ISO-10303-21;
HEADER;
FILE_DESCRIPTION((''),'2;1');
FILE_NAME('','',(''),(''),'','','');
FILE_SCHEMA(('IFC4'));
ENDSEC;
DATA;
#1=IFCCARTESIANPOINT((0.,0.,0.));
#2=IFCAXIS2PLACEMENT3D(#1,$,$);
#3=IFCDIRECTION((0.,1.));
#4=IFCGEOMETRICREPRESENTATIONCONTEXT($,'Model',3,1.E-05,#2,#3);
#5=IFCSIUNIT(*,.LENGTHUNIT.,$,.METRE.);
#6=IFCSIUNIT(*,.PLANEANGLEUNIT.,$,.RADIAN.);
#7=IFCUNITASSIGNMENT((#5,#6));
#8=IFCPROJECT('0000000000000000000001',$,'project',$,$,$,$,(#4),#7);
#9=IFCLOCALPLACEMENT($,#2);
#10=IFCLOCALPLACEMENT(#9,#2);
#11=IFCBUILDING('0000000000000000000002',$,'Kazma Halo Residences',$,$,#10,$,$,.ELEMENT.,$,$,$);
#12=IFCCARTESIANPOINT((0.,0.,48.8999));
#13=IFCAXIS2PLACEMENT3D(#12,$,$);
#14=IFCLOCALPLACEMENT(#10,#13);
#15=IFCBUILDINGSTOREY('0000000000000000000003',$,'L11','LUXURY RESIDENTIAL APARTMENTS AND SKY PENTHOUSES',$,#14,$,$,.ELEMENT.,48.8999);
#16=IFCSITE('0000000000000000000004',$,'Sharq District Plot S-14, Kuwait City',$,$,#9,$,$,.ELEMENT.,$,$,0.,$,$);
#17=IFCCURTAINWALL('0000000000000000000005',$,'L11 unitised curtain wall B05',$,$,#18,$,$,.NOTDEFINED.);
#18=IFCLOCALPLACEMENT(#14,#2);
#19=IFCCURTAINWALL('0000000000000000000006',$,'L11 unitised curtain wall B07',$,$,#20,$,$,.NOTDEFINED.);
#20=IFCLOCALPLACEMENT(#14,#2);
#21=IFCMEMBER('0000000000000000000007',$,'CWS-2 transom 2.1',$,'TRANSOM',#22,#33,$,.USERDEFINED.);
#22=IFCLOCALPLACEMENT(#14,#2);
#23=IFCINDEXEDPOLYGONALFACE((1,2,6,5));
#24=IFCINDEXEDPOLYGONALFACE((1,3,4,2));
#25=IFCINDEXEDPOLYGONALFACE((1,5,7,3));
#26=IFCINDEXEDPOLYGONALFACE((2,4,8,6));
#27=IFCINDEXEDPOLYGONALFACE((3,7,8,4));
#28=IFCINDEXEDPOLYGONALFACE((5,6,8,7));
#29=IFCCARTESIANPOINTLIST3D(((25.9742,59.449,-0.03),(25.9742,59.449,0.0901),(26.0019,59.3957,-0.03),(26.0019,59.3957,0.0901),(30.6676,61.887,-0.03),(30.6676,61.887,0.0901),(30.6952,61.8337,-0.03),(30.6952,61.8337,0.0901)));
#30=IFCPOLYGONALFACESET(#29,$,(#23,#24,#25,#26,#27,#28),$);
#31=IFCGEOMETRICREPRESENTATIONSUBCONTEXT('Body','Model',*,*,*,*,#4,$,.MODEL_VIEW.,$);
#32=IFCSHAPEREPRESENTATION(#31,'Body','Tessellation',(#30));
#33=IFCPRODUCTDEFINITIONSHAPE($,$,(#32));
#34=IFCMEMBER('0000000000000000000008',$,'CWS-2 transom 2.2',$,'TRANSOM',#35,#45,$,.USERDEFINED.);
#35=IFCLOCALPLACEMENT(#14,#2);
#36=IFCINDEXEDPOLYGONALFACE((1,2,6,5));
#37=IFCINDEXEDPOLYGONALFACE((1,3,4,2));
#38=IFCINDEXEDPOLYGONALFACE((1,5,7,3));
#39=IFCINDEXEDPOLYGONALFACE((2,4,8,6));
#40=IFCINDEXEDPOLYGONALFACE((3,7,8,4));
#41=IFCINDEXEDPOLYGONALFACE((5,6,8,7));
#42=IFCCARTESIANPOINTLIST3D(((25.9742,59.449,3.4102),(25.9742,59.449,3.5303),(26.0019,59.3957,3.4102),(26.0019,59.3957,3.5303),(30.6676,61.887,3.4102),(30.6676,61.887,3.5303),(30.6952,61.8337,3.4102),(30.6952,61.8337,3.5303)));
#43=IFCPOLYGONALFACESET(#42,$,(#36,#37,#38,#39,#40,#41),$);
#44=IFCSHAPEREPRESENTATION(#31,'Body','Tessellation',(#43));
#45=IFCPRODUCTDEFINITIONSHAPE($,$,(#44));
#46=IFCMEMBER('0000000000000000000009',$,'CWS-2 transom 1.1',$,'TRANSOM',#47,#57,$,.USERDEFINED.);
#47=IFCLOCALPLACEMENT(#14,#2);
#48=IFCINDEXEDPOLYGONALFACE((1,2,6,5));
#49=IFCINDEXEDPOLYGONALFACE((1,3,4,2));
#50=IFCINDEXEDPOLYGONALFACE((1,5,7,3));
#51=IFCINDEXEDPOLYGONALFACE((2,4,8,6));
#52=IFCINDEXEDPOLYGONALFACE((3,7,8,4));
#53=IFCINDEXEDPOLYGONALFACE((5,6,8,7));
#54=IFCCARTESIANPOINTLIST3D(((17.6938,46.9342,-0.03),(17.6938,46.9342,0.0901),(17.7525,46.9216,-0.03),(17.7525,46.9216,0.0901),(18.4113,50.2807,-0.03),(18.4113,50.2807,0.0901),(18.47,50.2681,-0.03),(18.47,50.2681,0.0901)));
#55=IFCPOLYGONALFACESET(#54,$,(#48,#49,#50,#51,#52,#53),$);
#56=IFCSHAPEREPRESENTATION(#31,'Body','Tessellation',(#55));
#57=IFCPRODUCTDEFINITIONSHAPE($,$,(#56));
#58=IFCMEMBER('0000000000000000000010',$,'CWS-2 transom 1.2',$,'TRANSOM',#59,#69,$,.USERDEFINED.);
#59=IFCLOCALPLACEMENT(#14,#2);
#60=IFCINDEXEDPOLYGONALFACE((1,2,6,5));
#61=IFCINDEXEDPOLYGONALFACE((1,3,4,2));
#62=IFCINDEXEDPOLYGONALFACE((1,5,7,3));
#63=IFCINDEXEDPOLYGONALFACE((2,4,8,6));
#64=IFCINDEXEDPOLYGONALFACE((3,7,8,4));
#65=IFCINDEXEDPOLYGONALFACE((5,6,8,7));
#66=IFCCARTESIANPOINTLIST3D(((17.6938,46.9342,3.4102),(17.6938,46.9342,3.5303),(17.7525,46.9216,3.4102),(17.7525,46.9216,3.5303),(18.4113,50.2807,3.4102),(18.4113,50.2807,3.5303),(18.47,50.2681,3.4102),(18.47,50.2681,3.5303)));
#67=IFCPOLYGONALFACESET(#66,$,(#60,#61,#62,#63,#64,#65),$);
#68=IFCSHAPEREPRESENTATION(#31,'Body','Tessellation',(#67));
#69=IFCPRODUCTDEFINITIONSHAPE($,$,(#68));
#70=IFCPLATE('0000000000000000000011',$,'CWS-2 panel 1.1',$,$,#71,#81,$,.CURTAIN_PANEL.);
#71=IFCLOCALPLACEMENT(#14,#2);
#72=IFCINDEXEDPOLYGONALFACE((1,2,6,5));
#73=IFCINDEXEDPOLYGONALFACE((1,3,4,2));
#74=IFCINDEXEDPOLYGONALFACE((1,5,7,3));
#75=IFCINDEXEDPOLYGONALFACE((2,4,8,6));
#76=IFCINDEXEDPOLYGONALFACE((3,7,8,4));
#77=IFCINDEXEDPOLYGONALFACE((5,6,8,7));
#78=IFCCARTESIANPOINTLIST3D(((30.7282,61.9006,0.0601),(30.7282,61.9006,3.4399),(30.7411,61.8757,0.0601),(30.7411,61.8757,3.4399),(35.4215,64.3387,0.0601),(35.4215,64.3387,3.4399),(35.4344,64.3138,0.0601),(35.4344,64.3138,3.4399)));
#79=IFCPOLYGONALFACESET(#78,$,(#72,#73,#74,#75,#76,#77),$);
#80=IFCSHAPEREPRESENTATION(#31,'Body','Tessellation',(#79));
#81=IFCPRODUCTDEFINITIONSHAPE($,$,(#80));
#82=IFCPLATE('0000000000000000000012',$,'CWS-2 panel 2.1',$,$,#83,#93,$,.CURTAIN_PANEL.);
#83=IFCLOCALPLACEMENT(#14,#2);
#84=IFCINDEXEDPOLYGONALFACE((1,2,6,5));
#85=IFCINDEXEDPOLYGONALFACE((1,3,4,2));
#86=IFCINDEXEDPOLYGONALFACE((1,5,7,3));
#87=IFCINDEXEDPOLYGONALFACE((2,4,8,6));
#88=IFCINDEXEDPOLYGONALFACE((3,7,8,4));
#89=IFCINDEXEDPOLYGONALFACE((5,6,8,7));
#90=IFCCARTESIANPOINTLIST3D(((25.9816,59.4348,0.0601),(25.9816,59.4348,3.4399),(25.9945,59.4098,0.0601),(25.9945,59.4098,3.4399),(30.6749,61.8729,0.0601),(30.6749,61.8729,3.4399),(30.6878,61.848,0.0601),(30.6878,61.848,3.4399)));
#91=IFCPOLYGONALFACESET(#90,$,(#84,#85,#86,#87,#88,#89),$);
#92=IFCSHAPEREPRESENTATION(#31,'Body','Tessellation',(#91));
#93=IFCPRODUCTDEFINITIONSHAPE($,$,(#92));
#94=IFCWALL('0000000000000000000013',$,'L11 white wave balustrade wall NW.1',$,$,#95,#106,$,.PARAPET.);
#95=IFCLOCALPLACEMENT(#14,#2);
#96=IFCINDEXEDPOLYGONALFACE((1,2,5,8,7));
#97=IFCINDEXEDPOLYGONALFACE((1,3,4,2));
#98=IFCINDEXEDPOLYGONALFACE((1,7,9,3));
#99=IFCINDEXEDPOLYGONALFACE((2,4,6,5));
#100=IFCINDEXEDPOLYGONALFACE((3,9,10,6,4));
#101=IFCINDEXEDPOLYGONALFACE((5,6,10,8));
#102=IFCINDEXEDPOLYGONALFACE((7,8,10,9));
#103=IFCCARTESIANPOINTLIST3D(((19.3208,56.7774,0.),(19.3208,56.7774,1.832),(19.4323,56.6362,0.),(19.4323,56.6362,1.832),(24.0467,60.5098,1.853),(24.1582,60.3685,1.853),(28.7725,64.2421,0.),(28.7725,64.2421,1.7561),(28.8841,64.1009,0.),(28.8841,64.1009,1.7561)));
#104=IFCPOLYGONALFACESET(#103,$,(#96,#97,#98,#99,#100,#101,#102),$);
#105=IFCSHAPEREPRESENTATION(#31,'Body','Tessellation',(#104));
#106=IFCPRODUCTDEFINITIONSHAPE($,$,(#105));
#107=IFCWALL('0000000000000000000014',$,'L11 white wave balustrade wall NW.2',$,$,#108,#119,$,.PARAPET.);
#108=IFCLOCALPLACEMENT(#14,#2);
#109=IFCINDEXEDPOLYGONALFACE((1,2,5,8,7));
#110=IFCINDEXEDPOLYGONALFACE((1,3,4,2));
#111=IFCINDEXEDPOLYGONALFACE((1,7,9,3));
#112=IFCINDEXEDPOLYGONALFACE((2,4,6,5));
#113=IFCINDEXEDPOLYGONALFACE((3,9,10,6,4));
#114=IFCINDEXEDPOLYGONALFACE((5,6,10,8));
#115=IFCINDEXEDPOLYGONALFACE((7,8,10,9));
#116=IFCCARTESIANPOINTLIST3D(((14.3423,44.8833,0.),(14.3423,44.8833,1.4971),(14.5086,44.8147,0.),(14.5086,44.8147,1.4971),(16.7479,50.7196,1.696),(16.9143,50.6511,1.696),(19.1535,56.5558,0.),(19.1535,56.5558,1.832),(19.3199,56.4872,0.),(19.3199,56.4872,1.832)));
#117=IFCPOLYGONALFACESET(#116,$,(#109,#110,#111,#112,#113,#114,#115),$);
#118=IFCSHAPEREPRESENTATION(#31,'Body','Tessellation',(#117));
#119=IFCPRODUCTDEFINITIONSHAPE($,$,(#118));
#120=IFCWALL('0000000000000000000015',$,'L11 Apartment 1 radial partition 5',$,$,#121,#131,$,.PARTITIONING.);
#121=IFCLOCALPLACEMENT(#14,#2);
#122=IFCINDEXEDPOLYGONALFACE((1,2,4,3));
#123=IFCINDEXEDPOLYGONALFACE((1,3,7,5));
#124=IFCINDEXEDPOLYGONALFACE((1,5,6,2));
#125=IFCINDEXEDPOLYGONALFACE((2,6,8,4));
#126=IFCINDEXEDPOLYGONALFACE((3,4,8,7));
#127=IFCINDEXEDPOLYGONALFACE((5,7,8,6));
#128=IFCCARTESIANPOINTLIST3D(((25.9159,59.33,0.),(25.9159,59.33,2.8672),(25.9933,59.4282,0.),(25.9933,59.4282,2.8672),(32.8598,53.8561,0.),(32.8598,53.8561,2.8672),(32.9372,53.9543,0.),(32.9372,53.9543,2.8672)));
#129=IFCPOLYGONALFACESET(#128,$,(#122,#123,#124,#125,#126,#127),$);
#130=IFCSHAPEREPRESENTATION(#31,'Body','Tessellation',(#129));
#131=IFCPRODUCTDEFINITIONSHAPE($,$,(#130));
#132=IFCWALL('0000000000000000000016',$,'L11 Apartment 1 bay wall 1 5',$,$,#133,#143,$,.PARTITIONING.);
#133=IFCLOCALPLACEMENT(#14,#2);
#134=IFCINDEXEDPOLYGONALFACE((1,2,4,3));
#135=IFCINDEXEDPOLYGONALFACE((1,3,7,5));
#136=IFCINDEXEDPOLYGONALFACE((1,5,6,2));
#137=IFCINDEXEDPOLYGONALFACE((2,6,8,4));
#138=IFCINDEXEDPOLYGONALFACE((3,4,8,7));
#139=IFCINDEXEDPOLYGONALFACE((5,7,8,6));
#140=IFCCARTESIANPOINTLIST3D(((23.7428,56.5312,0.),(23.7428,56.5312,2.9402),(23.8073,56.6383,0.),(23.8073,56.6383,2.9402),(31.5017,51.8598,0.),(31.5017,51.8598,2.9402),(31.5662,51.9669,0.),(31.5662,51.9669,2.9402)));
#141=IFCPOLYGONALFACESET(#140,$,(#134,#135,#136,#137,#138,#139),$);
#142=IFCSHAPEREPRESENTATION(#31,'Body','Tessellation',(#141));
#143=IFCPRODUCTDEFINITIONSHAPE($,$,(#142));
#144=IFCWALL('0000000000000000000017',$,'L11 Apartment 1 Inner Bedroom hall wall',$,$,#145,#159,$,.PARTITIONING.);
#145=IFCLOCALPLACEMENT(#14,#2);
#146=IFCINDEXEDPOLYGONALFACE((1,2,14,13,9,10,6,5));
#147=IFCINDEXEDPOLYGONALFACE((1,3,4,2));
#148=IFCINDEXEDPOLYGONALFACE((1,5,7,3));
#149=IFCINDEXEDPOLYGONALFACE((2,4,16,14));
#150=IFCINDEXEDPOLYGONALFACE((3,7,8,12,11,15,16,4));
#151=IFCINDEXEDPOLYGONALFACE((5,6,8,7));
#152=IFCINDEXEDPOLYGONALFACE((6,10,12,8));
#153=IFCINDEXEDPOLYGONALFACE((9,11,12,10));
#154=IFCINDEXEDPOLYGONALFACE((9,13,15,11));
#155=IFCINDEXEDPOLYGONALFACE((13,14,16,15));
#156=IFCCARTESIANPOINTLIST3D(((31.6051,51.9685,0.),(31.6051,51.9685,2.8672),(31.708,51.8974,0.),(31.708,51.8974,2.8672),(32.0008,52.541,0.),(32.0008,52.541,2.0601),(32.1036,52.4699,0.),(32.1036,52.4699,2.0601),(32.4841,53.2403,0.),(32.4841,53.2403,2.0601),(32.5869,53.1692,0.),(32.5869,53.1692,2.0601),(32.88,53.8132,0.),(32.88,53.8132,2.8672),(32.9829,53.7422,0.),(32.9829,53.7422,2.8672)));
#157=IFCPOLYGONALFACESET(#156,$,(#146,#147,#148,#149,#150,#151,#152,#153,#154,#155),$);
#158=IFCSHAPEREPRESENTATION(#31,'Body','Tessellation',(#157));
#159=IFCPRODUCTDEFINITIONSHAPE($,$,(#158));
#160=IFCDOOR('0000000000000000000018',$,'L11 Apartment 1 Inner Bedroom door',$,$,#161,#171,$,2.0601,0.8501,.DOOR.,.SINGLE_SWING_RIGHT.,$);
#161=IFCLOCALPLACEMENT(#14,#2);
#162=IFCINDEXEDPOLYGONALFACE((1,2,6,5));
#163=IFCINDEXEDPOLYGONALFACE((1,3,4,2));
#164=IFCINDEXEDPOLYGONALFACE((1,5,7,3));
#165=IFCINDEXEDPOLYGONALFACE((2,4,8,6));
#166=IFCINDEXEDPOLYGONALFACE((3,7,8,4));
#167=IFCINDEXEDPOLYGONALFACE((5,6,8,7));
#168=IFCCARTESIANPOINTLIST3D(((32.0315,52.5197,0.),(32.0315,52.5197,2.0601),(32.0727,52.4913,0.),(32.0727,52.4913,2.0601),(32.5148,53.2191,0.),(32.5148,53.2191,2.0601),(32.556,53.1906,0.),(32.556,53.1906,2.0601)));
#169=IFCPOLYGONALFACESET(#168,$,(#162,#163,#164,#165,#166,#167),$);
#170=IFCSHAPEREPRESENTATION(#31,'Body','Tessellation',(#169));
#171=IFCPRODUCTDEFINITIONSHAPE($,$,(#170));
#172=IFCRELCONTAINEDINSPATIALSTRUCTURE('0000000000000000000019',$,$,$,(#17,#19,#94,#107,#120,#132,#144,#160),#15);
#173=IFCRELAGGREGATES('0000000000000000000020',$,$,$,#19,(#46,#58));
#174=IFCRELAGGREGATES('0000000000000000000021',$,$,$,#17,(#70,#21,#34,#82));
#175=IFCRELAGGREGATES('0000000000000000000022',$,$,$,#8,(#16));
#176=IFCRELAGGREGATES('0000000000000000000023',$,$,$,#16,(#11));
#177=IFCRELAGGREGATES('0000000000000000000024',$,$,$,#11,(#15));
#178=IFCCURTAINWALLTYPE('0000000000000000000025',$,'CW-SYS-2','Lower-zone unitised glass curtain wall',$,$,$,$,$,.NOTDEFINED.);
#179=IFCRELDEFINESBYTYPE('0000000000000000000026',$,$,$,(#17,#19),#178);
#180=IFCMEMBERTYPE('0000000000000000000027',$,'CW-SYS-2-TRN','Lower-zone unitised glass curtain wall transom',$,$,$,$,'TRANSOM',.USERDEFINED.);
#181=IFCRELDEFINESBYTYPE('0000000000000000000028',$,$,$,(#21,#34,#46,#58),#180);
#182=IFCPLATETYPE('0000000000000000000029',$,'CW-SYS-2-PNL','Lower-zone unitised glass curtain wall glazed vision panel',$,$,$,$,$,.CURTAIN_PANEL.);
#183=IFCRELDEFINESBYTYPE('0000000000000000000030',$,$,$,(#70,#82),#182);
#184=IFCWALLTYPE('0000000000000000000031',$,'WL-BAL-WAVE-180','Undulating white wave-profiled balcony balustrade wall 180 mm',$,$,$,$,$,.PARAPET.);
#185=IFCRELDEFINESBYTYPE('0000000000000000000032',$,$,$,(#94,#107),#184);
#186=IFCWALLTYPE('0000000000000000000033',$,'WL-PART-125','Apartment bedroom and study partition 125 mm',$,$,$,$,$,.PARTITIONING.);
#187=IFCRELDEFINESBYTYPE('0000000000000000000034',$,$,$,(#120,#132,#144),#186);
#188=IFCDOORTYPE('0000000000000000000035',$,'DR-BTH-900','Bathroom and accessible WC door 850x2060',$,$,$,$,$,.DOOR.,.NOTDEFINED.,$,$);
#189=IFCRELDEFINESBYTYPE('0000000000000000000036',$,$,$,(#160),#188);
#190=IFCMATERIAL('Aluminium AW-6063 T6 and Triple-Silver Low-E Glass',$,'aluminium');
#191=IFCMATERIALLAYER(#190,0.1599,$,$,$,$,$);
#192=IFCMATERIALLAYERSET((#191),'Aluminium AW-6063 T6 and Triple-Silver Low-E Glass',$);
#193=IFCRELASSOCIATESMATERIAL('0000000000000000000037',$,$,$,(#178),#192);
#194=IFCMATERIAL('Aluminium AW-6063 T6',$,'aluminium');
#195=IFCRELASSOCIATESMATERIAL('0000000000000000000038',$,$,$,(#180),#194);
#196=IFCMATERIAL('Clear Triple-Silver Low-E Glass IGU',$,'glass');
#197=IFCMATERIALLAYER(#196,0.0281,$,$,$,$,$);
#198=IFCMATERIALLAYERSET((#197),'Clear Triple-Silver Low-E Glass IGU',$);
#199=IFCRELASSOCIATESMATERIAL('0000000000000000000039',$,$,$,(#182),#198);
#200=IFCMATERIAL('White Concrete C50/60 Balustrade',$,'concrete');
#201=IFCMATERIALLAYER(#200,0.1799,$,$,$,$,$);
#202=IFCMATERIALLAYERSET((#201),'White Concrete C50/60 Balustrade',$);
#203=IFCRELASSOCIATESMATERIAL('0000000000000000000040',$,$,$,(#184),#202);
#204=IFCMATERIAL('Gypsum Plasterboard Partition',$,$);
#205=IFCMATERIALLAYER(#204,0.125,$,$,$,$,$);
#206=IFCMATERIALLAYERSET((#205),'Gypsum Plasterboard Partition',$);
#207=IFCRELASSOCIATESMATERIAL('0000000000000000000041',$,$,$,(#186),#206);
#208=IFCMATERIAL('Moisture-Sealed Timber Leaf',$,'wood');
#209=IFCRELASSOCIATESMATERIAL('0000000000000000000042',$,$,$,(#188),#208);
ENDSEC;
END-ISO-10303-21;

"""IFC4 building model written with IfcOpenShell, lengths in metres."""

from ifc_helpers import new_model, si_unit, direction, frame, frame_2d, origin, origin_2d, place, context, subcontext, project, spatial, polyline, rectangle, outline, extrude, material, layer, layer_set, material_profile, profile_set, type_object, element, fill, aggregate, save


model = new_model("IFC4")

# Units and contexts
model_context = context("Model", 3, precision=1e-05, world=origin(), true_north=direction((0.0, 1.0)))
body_context = subcontext(model_context, "Body", "Model", "MODEL_VIEW")
ifc_project = project(units=[si_unit("LENGTHUNIT", "METRE"), si_unit("PLANEANGLEUNIT", "RADIAN")], contexts=[model_context])

# Site, building, storey
site_placement = place(None, origin())
site = spatial("IfcSite", under=ifc_project, at=site_placement, Name="Sharq District Plot S-14, Kuwait City", CompositionType="ELEMENT", RefElevation=0.0)
building_placement = place(site_placement, origin())
building = spatial("IfcBuilding", under=site, at=building_placement, Name="Kazma Halo Residences", CompositionType="ELEMENT")
storey_placement = place(building_placement, frame((0.0, 0.0, 48.8999)))
storey = spatial("IfcBuildingStorey", under=building, at=storey_placement, Name="L11", Description="LUXURY RESIDENTIAL APARTMENTS AND SKY PENTHOUSES", CompositionType="ELEMENT", Elevation=48.8999)

# Curtain wall
ifc_material_1 = material(Name="Aluminium AW-6063 T6 and Triple-Silver Low-E Glass", Category="aluminium")
ifc_layer_1 = layer(ifc_material_1, 0.1599)
ifc_layer_set_1 = layer_set([ifc_layer_1], Name="Aluminium AW-6063 T6 and Triple-Silver Low-E Glass")
curtain_wall_type = type_object("IfcCurtainWallType", Name="CW-SYS-2", Description="Lower-zone unitised glass curtain wall", PredefinedType="NOTDEFINED", material=ifc_layer_set_1)
curtain_wall_1_placement = place(storey_placement, origin())
curtain_wall_1 = element("IfcCurtainWall", 1, at=curtain_wall_1_placement, inside=storey, type_object=curtain_wall_type, Name="L11 unitised curtain wall B05", PredefinedType="NOTDEFINED")
ifc_material_2 = material(Name="Aluminium AW-6063 T6", Category="aluminium")

# Curtain wall
curtain_wall_2_placement = place(storey_placement, origin())
curtain_wall_2 = element("IfcCurtainWall", 2, at=curtain_wall_2_placement, inside=storey, type_object=curtain_wall_type, Name="L11 unitised curtain wall B07", PredefinedType="NOTDEFINED")

# Members
ifc_material_profile_1 = material_profile(ifc_material_2, rectangle(XDim=0.0601, YDim=0.1201, at=origin_2d()), Name="CWT-60x120")
ifc_profile_set_1 = profile_set([ifc_material_profile_1], Name="Aluminium AW-6063 T6")
member_type_1 = type_object("IfcMemberType", Name="CW-SYS-2-TRN", Description="Lower-zone unitised glass curtain wall transom", ElementType="TRANSOM", PredefinedType="USERDEFINED", material=ifc_profile_set_1)
member_1_placement = place(storey_placement, frame((30.6814, 61.8604, 0.03), z_axis=(-0.887415, -0.460972, 0.0), x_axis=(0.460972, -0.887415, 0.0)))
member_1 = element("IfcMember", 3, at=member_1_placement, type_object=member_type_1, Name="CWS-2 transom 2.1", ObjectType="TRANSOM", PredefinedType="USERDEFINED", context=body_context, shape_type="SweptSolid", body=[
    extrude(rectangle(XDim=0.0601, YDim=0.1201, at=origin_2d()), origin(), (0.0, 0.0, 1.0), 5.2888),
])
member_2_placement = place(storey_placement, frame((30.6814, 61.8604, 3.4702), z_axis=(-0.887415, -0.460972, 0.0), x_axis=(0.460972, -0.887415, 0.0)))
member_2 = element("IfcMember", 4, at=member_2_placement, type_object=member_type_1, Name="CWS-2 transom 2.2", ObjectType="TRANSOM", PredefinedType="USERDEFINED", context=body_context, shape_type="SweptSolid", body=[
    extrude(rectangle(XDim=0.0601, YDim=0.1201, at=origin_2d()), origin(), (0.0, 0.0, 1.0), 5.2888),
])
member_3_placement = place(storey_placement, frame((18.4407, 50.2744, 0.03), z_axis=(-0.209651, -0.977776, 0.0), x_axis=(0.977776, -0.209651, 0.0)))
member_3 = element("IfcMember", 5, at=member_3_placement, type_object=member_type_1, Name="CWS-2 transom 1.1", ObjectType="TRANSOM", PredefinedType="USERDEFINED", context=body_context, shape_type="SweptSolid", body=[
    extrude(rectangle(XDim=0.0601, YDim=0.1201, at=origin_2d()), origin(), (0.0, 0.0, 1.0), 3.4226),
])
member_4_placement = place(storey_placement, frame((18.4407, 50.2744, 3.4702), z_axis=(-0.209651, -0.977776, 0.0), x_axis=(0.977776, -0.209651, 0.0)))
member_4 = element("IfcMember", 6, at=member_4_placement, type_object=member_type_1, Name="CWS-2 transom 1.2", ObjectType="TRANSOM", PredefinedType="USERDEFINED", context=body_context, shape_type="SweptSolid", body=[
    extrude(rectangle(XDim=0.0601, YDim=0.1201, at=origin_2d()), origin(), (0.0, 0.0, 1.0), 3.4226),
])
aggregate(curtain_wall_2, [member_3, member_4])

# Plates
ifc_material_3 = material(Name="Clear Triple-Silver Low-E Glass IGU", Category="glass")
ifc_layer_2 = layer(ifc_material_3, 0.0281)
ifc_layer_set_2 = layer_set([ifc_layer_2], Name="Clear Triple-Silver Low-E Glass IGU")
plate_type = type_object("IfcPlateType", Name="CW-SYS-2-PNL", Description="Lower-zone unitised glass curtain wall glazed vision panel", PredefinedType="CURTAIN_PANEL", material=ifc_layer_set_2)
plate_1_placement = place(storey_placement, frame((33.0813, 63.1072, 0.0601), z_axis=(0.0, 0.0, 1.0), x_axis=(-0.887402, -0.460996, 0.0)))
plate_1 = element("IfcPlate", 7, at=plate_1_placement, type_object=plate_type, Name="CWS-2 panel 1.1", PredefinedType="CURTAIN_PANEL", context=body_context, shape_type="SweptSolid", body=[
    extrude(rectangle(XDim=5.2888, YDim=0.0281, at=origin_2d()), origin(), (0.0, 0.0, 1.0), 3.3799),
])
plate_2_placement = place(storey_placement, frame((28.3347, 60.6414, 0.0601), z_axis=(0.0, 0.0, 1.0), x_axis=(-0.887402, -0.460996, 0.0)))
plate_2 = element("IfcPlate", 8, at=plate_2_placement, type_object=plate_type, Name="CWS-2 panel 2.1", PredefinedType="CURTAIN_PANEL", context=body_context, shape_type="SweptSolid", body=[
    extrude(rectangle(XDim=5.2888, YDim=0.0281, at=origin_2d()), origin(), (0.0, 0.0, 1.0), 3.3799),
])
aggregate(curtain_wall_1, [plate_1, member_1, member_2, plate_2])

# Walls
ifc_material_4 = material(Name="White Concrete C50/60 Balustrade", Category="concrete")
ifc_layer_3 = layer(ifc_material_4, 0.1799)
ifc_layer_set_3 = layer_set([ifc_layer_3], Name="White Concrete C50/60 Balustrade")
wall_type_1 = type_object("IfcWallType", Name="WL-BAL-WAVE-180", Description="Undulating white wave-profiled balcony balustrade wall 180 mm", PredefinedType="PARAPET", material=ifc_layer_set_3)
wall_1_placement = place(storey_placement, frame((28.8284, 64.1714, 0.0), z_axis=(0.0, 0.0, 1.0), x_axis=(-0.784771, -0.619786, 0.0)))
element("IfcWall", 9, at=wall_1_placement, inside=storey, type_object=wall_type_1, Name="L11 white wave balustrade wall NW.1", PredefinedType="PARAPET", context=body_context, shape_type="SweptSolid", body=[
    extrude(outline(polyline([(0.0, 0.0), (12.0439, 0.0), (12.0439, 1.832), (6.022, 1.853), (0.0, 1.7561), (0.0, 0.0)])), frame((0.0, 0.0898, 0.0), z_axis=(0.0, -1.0, 0.0), x_axis=(1.0, 0.0, 0.0)), (0.0, 0.0, 1.0), 0.1799),
])
wall_2_placement = place(storey_placement, frame((19.2368, 56.5215, 0.0), z_axis=(0.0, 0.0, 1.0), x_axis=(-0.381082, -0.924541, 0.0)))
element("IfcWall", 10, at=wall_2_placement, inside=storey, type_object=wall_type_1, Name="L11 white wave balustrade wall NW.2", PredefinedType="PARAPET", context=body_context, shape_type="SweptSolid", body=[
    extrude(outline(polyline([(0.0, 0.0), (12.6252, 0.0), (12.6252, 1.4971), (6.3125, 1.696), (0.0, 1.832), (0.0, 0.0)])), frame((0.0, 0.0898, 0.0), z_axis=(0.0, -1.0, 0.0), x_axis=(1.0, 0.0, 0.0)), (0.0, 0.0, 1.0), 0.1799),
])

# Walls
ifc_material_5 = material(Name="Gypsum Plasterboard Partition")
ifc_layer_4 = layer(ifc_material_5, 0.125)
ifc_layer_set_4 = layer_set([ifc_layer_4], Name="Gypsum Plasterboard Partition")
wall_type_2 = type_object("IfcWallType", Name="WL-PART-125", Description="Apartment bedroom and study partition 125 mm", PredefinedType="PARTITIONING", material=ifc_layer_set_4)
wall_3_placement = place(storey_placement, frame((32.8984, 53.9053, 0.0), z_axis=(0.0, 0.0, 1.0), x_axis=(-0.785329, 0.619079, 0.0)))
element("IfcWall", 11, at=wall_3_placement, inside=storey, type_object=wall_type_2, Name="L11 Apartment 1 radial partition 5", PredefinedType="PARTITIONING", context=body_context, shape_type="SweptSolid", body=[
    extrude(rectangle(XDim=8.842, YDim=0.125, at=frame_2d((4.4209, 0.0))), origin(), (0.0, 0.0, 1.0), 2.8672),
])
wall_4_placement = place(storey_placement, frame((31.5339, 51.9133, 0.0), z_axis=(0.0, 0.0, 1.0), x_axis=(-0.856707, 0.515803, 0.0)))
element("IfcWall", 12, at=wall_4_placement, inside=storey, type_object=wall_type_2, Name="L11 Apartment 1 bay wall 1 5", PredefinedType="PARTITIONING", context=body_context, shape_type="SweptSolid", body=[
    extrude(rectangle(XDim=9.0566, YDim=0.125, at=frame_2d((4.5283, 0.0))), origin(), (0.0, 0.0, 1.0), 2.9402),
])

# Wall, opening, door
wall_5_placement = place(storey_placement, frame((32.9314, 53.7776, 0.0), z_axis=(0.0, 0.0, 1.0), x_axis=(-0.568542, -0.822654, 0.0)))
wall_5 = element("IfcWall", 13, at=wall_5_placement, inside=storey, type_object=wall_type_2, Name="L11 Apartment 1 Inner Bedroom hall wall", PredefinedType="PARTITIONING", context=body_context, shape_type="SweptSolid", body=[
    extrude(rectangle(XDim=2.2424, YDim=0.125, at=frame_2d((1.1211, 0.0))), origin(), (0.0, 0.0, 1.0), 2.8672),
])
opening_1_placement = place(wall_5_placement, frame((0.6963, 0.0, 0.0)))
opening_1 = element("IfcOpeningElement", 14, at=opening_1_placement, cuts=wall_5, PredefinedType="OPENING", context=body_context, shape_type="SweptSolid", body=[
    extrude(rectangle(XDim=0.8501, YDim=2.0601, at=frame_2d((0.425, 1.03))), frame((0.0, 0.0725, 0.0), z_axis=(0.0, -1.0, 0.0), x_axis=(1.0, 0.0, 0.0)), (0.0, 0.0, 1.0), 0.145),
])
ifc_material_6 = material(Name="Moisture-Sealed Timber Leaf", Category="wood")
door_type_1 = type_object("IfcDoorType", Name="DR-BTH-900", Description="Bathroom and accessible WC door 850x2060", OperationType="NOTDEFINED", PredefinedType="DOOR", material=ifc_material_6)
door_1_placement = place(opening_1_placement, origin())
door_1 = element("IfcDoor", 15, at=door_1_placement, inside=storey, type_object=door_type_1, Name="L11 Apartment 1 Inner Bedroom door", OperationType="SINGLE_SWING_RIGHT", OverallHeight=2.0601, OverallWidth=0.8501, PredefinedType="DOOR", context=body_context, shape_type="SweptSolid", body=[
    extrude(rectangle(XDim=0.8501, YDim=2.0601, at=frame_2d((0.425, 1.03))), frame((0.0, 0.0249, 0.0), z_axis=(0.0, -1.0, 0.0), x_axis=(1.0, 0.0, 0.0)), (0.0, 0.0, 1.0), 0.05),
])
fill(opening_1, door_1)

save(model, "model.ifc")
